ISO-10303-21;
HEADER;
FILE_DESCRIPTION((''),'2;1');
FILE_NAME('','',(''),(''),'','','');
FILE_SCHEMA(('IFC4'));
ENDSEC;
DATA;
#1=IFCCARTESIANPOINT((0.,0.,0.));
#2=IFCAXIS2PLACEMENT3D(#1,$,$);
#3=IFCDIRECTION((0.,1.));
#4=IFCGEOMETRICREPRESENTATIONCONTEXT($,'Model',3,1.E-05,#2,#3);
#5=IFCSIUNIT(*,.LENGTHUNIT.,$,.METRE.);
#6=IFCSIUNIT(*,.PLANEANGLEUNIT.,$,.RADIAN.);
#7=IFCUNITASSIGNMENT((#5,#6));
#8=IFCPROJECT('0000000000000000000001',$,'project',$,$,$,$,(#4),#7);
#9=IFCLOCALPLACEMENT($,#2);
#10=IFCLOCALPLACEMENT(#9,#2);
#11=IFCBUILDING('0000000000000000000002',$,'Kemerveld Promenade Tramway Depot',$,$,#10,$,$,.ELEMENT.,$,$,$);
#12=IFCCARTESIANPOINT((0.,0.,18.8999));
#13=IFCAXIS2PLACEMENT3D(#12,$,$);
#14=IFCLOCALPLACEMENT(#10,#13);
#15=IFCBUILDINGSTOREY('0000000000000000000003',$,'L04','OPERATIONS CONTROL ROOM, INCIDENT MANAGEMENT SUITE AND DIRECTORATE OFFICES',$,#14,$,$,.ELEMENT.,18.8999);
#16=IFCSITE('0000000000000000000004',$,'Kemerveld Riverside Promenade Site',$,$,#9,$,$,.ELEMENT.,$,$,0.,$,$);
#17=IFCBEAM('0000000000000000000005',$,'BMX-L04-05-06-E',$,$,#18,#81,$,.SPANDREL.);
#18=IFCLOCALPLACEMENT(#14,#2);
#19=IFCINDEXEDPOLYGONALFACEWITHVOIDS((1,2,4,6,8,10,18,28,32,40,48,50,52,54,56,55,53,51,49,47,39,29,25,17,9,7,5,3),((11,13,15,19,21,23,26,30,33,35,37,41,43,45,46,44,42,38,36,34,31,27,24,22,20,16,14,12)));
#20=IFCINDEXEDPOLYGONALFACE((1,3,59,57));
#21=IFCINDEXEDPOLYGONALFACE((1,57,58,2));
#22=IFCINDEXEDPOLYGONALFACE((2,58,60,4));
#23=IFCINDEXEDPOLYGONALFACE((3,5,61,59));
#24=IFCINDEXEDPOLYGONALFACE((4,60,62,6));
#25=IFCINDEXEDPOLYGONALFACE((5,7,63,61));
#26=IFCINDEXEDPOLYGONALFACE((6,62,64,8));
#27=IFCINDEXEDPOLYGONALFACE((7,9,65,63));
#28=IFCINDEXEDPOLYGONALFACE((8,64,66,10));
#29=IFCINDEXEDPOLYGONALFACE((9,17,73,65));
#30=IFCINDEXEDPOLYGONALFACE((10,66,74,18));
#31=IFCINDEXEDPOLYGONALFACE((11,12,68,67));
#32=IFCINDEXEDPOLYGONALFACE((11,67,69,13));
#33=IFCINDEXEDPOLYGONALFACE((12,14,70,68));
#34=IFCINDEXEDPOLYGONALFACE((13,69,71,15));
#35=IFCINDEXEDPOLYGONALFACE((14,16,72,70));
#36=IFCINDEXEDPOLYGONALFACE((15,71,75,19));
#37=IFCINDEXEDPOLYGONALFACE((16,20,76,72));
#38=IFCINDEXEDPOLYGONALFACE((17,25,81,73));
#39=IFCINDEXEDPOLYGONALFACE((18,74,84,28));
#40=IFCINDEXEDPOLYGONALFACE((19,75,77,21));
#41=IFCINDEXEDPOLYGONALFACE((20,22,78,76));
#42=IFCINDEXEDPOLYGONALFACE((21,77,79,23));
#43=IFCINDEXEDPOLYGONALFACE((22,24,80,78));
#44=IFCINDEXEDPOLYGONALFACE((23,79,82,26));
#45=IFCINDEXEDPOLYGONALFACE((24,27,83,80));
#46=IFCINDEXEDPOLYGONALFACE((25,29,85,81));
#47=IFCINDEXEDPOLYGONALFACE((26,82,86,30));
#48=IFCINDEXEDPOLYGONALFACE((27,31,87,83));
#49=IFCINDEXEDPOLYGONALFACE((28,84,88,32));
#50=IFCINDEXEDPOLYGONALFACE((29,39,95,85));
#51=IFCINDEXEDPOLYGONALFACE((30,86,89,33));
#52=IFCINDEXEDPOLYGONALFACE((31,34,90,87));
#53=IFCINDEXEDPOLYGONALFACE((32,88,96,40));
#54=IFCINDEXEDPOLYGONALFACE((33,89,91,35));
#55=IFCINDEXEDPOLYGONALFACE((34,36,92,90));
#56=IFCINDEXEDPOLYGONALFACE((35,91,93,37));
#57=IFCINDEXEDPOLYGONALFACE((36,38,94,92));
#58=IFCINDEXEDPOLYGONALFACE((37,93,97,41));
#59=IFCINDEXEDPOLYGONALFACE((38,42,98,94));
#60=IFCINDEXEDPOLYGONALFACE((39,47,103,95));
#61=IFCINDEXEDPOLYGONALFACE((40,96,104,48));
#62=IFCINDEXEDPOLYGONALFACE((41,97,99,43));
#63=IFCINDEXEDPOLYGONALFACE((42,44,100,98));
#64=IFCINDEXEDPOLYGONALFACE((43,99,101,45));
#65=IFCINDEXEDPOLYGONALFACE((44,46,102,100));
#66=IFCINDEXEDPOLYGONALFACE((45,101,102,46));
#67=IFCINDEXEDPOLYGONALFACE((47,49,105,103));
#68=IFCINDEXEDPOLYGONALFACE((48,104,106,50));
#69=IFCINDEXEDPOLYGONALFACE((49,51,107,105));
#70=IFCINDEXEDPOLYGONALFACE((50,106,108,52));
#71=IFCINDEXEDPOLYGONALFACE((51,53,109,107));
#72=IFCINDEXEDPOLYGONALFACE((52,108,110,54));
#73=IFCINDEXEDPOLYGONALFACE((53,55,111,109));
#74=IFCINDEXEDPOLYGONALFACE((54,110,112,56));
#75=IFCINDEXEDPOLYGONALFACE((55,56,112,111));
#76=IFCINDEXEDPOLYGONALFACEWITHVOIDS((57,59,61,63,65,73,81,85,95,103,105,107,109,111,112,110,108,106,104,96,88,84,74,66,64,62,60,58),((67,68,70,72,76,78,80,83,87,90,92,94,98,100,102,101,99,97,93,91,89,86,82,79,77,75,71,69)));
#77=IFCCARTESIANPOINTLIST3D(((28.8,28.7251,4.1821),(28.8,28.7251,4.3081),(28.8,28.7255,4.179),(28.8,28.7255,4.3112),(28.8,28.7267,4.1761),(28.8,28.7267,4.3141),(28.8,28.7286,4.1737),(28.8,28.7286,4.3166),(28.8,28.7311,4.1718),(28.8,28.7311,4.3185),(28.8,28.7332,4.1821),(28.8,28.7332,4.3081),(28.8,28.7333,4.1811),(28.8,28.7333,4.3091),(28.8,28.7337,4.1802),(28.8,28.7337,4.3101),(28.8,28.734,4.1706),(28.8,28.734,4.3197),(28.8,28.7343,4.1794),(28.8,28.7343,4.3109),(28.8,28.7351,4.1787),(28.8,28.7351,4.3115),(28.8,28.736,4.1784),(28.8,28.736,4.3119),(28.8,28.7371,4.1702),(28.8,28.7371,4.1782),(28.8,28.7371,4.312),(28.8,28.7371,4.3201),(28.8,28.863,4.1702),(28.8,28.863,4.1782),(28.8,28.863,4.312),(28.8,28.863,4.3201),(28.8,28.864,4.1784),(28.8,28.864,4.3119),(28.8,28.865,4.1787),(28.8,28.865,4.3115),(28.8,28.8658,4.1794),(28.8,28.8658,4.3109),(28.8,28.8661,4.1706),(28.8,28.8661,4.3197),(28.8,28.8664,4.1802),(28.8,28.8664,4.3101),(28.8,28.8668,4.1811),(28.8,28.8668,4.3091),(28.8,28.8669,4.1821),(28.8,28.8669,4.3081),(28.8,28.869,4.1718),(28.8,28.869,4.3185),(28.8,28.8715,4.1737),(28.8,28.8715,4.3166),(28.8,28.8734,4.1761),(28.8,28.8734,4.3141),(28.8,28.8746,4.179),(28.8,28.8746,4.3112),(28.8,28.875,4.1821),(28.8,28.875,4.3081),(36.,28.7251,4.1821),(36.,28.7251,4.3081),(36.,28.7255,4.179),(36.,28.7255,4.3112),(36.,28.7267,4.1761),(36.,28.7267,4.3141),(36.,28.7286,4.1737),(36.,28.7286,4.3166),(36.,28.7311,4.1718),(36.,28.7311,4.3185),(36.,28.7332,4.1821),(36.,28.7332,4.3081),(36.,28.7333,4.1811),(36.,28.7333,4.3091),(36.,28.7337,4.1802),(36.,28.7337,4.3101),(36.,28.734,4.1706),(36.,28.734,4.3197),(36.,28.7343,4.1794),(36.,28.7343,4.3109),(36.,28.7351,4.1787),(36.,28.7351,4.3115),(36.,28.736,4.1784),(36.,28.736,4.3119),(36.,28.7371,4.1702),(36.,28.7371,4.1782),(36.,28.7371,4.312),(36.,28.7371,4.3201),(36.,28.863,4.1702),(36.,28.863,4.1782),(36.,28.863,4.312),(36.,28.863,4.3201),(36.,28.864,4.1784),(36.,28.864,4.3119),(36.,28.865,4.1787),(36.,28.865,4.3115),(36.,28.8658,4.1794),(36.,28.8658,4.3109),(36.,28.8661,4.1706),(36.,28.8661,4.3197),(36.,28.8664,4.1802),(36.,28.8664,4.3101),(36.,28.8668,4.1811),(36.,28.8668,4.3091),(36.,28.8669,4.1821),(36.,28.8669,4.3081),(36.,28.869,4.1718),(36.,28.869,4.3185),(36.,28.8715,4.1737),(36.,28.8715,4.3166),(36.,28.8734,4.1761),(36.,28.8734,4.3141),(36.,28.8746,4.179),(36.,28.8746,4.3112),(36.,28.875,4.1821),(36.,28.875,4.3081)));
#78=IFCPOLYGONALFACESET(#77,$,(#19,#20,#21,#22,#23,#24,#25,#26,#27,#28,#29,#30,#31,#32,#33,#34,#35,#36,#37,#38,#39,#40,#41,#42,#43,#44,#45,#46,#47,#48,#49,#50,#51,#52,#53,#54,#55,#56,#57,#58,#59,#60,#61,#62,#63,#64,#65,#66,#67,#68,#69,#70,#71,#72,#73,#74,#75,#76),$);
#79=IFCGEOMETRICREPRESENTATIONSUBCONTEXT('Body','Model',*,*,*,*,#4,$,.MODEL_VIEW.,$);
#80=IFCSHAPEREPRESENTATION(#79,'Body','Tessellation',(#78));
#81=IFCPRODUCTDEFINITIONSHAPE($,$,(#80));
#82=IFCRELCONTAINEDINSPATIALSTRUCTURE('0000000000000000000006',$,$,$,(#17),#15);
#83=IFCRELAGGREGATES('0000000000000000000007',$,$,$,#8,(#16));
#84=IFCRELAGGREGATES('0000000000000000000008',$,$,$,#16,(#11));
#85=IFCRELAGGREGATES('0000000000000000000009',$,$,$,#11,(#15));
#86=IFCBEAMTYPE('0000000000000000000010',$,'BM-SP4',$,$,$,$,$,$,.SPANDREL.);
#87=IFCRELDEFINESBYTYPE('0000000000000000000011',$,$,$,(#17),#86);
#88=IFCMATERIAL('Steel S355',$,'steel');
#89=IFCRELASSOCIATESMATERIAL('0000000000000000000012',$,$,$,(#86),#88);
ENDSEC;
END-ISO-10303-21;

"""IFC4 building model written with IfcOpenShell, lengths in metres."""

from ifc_helpers import new_model, si_unit, direction, frame, origin, origin_2d, place, context, subcontext, project, spatial, hollow_rectangle, extrude, material, material_profile, profile_set, type_object, element, save


model = new_model("IFC4")

# Units and contexts
model_context = context("Model", 3, precision=1e-05, world=origin(), true_north=direction((0.0, 1.0)))
body_context = subcontext(model_context, "Body", "Model", "MODEL_VIEW")
ifc_project = project(units=[si_unit("LENGTHUNIT", "METRE"), si_unit("PLANEANGLEUNIT", "RADIAN")], contexts=[model_context])

# Site, building, storey
site_placement = place(None, origin())
site = spatial("IfcSite", under=ifc_project, at=site_placement, Name="Kemerveld Riverside Promenade Site", CompositionType="ELEMENT", RefElevation=0.0)
building_placement = place(site_placement, origin())
building = spatial("IfcBuilding", under=site, at=building_placement, Name="Kemerveld Promenade Tramway Depot", CompositionType="ELEMENT")
storey_placement = place(building_placement, frame((0.0, 0.0, 18.8999)))
storey = spatial("IfcBuildingStorey", under=building, at=storey_placement, Name="L04", Description="OPERATIONS CONTROL ROOM, INCIDENT MANAGEMENT SUITE AND DIRECTORATE OFFICES", CompositionType="ELEMENT", Elevation=18.8999)

# Shared definitions
ifc_material = material(Name="Steel S355", Category="steel")

# Beam
ifc_material_profile_1 = material_profile(ifc_material, hollow_rectangle(XDim=0.1499, YDim=0.1499, WallThickness=0.0081, InnerFilletRadius=0.0039, OuterFilletRadius=0.012, at=origin_2d()), Name="150x150x8.0 SHS")
ifc_profile_set_1 = profile_set([ifc_material_profile_1], Name="Steel S355")
beam_type_1 = type_object("IfcBeamType", Name="BM-SP4", PredefinedType="SPANDREL", material=ifc_profile_set_1)
beam_1_placement = place(storey_placement, frame((28.8, 28.8, 4.2451), z_axis=(1.0, 0.0, 0.0), x_axis=(0.0, 1.0, 0.0)))
element("IfcBeam", 1, at=beam_1_placement, inside=storey, type_object=beam_type_1, Name="BMX-L04-05-06-E", PredefinedType="SPANDREL", context=body_context, shape_type="SweptSolid", body=[
    extrude(hollow_rectangle(XDim=0.1499, YDim=0.1499, WallThickness=0.0081, InnerFilletRadius=0.0039, OuterFilletRadius=0.012, at=origin_2d()), origin(), (0.0, 0.0, 1.0), 7.2),
])

save(model, "model.ifc")
